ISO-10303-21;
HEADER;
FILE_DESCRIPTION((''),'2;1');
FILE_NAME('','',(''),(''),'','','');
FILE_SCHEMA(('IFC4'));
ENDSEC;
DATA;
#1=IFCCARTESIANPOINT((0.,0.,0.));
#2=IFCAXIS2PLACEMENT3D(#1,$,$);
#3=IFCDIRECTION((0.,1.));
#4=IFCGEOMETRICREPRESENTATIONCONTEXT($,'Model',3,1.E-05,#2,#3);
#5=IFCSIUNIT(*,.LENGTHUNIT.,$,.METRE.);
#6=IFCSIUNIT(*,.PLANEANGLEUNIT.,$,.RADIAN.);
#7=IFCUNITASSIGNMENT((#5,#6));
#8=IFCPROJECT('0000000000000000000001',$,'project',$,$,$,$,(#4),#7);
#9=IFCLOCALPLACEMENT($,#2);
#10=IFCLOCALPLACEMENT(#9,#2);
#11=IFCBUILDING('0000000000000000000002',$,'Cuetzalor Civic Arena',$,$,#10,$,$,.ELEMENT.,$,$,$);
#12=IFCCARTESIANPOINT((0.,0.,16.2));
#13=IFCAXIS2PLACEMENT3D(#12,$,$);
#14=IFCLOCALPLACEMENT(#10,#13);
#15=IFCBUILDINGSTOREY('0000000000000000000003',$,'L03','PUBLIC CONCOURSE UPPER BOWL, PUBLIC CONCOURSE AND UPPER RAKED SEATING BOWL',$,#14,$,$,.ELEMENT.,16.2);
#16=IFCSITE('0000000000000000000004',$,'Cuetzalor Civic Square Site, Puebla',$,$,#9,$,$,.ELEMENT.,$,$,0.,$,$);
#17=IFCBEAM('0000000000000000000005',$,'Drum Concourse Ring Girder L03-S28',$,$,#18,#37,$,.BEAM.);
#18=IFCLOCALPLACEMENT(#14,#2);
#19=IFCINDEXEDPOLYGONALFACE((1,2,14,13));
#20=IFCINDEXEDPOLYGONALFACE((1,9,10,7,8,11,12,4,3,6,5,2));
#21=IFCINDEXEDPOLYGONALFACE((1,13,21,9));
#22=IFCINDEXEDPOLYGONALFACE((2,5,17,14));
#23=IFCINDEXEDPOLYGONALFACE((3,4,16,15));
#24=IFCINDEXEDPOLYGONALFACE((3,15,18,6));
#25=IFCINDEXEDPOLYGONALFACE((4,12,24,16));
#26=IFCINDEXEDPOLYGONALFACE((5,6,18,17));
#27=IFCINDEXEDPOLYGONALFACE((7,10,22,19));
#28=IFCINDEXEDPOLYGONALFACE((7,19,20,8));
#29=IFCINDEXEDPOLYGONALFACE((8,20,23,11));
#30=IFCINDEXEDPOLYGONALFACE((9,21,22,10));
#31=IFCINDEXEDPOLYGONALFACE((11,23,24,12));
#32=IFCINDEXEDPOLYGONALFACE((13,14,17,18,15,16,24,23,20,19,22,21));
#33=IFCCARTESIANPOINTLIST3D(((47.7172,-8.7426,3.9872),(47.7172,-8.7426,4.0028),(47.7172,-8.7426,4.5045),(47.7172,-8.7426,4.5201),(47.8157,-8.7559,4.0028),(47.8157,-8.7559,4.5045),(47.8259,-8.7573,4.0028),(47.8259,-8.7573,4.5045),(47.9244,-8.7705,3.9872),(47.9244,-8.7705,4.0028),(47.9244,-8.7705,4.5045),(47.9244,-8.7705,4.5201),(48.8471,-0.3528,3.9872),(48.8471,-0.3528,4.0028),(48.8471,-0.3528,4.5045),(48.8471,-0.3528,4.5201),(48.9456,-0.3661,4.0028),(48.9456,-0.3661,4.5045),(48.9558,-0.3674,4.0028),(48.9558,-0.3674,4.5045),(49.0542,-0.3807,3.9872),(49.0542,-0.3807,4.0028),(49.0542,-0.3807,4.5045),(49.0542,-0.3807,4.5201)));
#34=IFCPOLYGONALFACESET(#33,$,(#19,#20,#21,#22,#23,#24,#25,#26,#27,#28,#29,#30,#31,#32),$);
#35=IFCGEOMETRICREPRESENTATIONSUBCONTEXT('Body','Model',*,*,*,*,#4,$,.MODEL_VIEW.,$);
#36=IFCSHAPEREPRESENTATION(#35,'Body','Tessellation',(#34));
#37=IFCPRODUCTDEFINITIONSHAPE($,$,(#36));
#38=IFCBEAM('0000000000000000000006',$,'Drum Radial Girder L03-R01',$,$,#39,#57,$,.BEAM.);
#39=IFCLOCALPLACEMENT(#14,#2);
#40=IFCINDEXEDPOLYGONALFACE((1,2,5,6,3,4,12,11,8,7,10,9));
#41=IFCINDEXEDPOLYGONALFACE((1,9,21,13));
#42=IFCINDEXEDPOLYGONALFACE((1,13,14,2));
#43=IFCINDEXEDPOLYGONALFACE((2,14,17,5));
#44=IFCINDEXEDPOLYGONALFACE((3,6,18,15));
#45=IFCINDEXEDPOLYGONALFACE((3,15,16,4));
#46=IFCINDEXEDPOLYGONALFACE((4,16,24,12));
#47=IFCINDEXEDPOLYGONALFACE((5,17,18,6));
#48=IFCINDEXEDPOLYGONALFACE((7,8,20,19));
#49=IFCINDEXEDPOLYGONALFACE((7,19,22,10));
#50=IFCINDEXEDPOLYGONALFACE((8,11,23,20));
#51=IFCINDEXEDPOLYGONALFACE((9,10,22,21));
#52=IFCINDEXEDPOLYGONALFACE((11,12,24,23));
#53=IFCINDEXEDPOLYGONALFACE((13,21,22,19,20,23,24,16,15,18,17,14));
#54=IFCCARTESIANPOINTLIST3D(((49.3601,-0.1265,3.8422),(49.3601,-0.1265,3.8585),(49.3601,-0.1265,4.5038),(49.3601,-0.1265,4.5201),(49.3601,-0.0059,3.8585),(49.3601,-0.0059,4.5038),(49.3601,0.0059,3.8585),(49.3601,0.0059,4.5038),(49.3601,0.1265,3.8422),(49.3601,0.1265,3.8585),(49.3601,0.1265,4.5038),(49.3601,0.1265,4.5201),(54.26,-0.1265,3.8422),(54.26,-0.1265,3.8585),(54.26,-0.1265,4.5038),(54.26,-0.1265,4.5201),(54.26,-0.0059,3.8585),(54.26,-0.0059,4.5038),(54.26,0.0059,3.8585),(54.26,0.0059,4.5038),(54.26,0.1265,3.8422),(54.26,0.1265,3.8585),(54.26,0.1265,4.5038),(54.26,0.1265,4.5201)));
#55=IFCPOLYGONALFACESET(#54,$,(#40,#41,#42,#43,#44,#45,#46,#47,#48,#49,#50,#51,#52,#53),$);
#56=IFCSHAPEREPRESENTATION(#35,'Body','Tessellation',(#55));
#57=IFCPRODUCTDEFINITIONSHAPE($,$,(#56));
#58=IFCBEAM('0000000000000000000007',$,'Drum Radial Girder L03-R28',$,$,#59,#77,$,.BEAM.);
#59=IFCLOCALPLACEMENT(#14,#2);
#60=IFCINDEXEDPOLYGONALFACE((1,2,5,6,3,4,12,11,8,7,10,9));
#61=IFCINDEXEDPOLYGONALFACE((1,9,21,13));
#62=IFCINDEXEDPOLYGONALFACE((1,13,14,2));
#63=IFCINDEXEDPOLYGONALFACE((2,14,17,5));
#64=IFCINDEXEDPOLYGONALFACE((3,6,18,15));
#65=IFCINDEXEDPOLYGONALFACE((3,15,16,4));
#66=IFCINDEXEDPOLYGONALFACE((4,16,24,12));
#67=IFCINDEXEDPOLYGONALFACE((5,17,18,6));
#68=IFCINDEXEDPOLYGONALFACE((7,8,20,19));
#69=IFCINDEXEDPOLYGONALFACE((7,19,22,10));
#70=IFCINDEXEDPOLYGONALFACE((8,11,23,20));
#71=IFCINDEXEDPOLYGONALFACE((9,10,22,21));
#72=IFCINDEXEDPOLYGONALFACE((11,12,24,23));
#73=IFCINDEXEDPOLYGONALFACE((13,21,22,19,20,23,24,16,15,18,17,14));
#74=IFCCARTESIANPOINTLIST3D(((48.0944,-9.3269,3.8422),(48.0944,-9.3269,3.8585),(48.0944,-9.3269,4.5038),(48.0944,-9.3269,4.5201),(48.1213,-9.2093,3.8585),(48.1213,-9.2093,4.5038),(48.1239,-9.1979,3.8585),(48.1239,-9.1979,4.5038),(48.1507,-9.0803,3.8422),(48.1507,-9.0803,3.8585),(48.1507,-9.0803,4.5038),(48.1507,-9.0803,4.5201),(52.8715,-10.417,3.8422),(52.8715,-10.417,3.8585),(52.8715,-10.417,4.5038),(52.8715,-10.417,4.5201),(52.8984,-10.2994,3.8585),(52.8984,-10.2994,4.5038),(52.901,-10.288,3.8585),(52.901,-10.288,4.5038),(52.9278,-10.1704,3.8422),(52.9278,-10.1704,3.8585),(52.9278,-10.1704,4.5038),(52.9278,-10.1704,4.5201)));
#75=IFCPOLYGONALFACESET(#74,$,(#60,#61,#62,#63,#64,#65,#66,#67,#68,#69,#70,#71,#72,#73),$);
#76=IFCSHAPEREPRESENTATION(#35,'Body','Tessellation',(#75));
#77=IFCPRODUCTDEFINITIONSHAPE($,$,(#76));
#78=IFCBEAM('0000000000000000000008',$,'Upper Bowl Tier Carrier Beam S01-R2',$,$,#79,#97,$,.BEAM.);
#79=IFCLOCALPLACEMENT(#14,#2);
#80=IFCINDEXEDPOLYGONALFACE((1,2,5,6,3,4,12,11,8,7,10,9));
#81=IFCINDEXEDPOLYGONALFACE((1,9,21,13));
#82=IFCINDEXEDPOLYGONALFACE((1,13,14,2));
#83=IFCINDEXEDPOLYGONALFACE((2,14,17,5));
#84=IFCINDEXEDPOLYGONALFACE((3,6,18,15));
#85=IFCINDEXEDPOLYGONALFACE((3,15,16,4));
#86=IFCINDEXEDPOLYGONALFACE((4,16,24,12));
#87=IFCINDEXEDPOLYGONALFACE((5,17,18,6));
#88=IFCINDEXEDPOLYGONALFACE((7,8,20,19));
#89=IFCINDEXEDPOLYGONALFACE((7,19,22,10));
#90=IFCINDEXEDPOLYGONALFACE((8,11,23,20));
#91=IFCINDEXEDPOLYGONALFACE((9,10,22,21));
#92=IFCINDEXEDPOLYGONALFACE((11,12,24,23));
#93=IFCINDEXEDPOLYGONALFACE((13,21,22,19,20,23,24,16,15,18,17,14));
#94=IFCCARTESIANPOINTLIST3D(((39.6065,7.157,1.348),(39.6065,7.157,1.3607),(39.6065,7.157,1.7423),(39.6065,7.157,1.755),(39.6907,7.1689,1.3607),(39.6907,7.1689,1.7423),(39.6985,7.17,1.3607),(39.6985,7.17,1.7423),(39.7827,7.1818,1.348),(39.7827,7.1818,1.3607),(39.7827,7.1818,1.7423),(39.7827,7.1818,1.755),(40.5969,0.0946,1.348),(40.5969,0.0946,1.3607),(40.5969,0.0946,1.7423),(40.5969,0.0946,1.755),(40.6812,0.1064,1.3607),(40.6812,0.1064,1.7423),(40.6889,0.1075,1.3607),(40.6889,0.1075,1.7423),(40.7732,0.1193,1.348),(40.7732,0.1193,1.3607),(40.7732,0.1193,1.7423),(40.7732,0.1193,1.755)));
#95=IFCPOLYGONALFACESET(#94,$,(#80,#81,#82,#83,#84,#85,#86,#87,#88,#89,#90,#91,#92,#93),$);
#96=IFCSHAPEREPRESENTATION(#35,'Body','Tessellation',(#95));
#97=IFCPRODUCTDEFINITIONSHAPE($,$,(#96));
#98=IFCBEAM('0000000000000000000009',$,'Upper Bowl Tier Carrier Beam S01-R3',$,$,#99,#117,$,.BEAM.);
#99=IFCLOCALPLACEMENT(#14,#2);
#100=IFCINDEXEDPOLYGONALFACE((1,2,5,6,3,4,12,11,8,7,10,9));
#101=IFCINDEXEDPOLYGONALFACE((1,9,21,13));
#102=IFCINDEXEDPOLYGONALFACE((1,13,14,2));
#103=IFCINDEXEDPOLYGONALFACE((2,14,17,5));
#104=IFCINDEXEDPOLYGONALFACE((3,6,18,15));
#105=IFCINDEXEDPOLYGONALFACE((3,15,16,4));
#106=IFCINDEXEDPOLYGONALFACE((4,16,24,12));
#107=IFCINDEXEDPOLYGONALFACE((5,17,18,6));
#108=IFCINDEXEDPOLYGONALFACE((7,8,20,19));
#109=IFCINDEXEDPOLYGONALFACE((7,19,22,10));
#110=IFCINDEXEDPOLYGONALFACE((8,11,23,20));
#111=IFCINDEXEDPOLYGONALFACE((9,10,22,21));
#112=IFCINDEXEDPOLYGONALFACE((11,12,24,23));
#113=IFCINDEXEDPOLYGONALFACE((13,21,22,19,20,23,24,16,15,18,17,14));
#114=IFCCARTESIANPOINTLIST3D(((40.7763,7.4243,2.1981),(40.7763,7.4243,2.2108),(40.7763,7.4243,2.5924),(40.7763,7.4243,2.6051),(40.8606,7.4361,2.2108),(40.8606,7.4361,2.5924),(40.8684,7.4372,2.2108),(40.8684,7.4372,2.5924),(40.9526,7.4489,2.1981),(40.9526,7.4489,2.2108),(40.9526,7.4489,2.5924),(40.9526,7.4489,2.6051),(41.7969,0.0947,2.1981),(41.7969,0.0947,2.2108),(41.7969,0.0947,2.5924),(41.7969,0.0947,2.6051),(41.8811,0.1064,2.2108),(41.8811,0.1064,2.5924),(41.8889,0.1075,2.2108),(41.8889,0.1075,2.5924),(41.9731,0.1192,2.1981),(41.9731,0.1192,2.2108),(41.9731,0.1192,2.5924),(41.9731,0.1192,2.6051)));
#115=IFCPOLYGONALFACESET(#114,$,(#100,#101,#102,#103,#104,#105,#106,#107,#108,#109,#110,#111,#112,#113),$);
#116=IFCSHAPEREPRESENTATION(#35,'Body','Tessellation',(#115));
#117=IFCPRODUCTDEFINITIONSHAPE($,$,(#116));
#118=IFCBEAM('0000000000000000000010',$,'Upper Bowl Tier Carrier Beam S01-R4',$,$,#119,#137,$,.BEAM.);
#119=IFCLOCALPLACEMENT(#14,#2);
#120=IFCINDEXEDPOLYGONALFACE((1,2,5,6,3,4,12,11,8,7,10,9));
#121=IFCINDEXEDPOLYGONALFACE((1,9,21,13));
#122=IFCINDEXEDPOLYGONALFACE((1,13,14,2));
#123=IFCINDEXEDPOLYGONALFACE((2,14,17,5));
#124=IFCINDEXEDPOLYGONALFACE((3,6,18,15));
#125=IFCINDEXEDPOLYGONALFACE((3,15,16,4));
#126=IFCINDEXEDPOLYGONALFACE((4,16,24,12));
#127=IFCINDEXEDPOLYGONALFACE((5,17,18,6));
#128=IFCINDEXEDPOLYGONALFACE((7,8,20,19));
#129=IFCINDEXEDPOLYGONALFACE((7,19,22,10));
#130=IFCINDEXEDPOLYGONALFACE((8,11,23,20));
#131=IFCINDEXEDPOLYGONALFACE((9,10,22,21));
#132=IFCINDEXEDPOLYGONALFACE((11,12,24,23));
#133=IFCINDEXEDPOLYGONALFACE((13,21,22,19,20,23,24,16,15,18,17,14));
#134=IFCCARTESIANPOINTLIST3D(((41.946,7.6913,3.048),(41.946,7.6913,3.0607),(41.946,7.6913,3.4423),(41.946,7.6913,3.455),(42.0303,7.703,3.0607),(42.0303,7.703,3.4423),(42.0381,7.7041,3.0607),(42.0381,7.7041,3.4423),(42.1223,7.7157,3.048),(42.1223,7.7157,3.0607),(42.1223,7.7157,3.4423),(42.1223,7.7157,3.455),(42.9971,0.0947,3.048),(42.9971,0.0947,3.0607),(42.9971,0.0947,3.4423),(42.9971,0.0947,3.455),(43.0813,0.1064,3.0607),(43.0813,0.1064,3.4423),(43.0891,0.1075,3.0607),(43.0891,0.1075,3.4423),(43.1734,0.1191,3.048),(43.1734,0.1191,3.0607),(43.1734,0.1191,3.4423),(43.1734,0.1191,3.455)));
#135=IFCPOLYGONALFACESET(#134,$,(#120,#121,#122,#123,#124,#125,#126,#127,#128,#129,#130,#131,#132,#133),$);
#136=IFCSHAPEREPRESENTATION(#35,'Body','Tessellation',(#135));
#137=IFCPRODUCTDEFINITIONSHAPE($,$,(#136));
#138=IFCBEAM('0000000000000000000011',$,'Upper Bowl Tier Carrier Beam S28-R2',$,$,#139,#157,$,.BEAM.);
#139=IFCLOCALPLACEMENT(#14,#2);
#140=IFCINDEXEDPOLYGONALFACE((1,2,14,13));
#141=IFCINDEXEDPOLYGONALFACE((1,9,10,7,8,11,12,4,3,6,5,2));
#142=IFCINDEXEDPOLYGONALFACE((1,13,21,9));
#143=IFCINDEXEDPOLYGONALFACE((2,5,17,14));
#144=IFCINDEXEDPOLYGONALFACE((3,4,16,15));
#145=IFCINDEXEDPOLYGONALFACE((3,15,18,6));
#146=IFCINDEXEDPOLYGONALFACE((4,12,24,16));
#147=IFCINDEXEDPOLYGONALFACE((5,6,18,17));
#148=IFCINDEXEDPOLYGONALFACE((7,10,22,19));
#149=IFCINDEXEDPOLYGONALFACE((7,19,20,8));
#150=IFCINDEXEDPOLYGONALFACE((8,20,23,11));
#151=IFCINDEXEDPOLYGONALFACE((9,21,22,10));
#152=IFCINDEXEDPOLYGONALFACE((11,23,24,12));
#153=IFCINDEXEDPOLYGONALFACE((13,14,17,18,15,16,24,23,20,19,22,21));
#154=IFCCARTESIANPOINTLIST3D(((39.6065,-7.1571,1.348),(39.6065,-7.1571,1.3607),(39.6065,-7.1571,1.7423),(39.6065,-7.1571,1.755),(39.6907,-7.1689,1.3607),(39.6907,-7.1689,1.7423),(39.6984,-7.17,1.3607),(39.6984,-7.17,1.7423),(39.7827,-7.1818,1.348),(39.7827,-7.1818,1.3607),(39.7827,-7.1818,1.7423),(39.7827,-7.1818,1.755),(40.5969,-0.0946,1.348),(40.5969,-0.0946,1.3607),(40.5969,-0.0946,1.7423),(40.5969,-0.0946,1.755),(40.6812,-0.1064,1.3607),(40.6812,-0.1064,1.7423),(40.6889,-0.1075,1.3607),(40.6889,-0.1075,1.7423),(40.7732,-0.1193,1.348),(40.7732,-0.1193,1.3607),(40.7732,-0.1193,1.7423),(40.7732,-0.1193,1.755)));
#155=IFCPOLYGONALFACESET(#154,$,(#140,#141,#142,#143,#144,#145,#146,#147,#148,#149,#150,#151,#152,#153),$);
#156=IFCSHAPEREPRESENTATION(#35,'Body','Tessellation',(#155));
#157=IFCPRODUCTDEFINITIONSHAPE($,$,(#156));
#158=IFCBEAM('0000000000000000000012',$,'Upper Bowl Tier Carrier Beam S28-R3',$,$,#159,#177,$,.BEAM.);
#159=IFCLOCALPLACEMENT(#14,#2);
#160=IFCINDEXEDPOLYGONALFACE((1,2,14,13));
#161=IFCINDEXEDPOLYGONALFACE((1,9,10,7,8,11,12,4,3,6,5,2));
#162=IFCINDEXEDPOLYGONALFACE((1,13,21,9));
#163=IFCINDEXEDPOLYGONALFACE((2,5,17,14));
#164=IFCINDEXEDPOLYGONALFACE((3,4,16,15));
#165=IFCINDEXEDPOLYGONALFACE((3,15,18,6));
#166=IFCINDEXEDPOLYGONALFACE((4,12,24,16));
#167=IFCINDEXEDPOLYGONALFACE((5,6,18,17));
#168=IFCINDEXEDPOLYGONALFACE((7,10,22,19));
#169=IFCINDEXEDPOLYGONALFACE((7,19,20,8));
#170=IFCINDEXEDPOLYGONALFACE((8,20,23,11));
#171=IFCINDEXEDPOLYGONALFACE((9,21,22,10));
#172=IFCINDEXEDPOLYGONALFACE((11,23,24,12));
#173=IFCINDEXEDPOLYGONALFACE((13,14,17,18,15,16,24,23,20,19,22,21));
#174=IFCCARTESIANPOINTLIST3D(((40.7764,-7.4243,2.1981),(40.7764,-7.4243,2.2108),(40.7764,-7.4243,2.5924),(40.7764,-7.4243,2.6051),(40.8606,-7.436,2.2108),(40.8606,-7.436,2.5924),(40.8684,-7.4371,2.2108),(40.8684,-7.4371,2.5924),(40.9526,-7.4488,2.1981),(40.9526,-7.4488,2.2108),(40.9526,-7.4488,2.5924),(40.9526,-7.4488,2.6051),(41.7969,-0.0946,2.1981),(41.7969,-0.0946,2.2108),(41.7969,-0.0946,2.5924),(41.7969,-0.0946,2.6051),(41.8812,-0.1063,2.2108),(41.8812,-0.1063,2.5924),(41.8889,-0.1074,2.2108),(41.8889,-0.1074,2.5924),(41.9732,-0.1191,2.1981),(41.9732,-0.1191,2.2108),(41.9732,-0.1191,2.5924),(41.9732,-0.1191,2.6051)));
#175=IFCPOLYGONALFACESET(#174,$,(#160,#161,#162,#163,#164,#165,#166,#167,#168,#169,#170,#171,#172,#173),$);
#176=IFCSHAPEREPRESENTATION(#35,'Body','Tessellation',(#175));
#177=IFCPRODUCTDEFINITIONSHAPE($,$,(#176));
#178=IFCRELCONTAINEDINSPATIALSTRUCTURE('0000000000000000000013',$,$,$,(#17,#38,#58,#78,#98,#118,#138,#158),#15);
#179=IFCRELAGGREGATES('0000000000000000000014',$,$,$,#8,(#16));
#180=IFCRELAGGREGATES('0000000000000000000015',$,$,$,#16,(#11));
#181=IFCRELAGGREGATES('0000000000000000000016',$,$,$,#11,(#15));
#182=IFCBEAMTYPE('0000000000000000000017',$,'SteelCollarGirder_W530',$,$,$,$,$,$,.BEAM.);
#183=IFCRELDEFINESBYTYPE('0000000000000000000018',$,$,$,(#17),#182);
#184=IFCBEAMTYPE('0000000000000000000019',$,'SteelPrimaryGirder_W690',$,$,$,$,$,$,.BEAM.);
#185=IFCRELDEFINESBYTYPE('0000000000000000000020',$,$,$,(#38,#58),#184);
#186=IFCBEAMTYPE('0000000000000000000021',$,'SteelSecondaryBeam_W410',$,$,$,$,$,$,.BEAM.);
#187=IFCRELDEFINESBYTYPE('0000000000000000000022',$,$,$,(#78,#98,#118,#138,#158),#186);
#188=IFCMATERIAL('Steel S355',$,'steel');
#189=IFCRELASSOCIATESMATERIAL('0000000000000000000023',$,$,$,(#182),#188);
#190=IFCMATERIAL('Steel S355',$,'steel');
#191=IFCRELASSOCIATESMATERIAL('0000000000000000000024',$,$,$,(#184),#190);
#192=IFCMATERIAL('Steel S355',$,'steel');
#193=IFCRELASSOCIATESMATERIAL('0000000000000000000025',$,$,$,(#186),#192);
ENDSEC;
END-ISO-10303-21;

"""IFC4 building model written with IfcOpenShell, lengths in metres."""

from ifc_helpers import new_model, si_unit, direction, frame, origin, origin_2d, place, context, subcontext, project, spatial, i_section, extrude, material, material_profile, profile_set, type_object, element, save


model = new_model("IFC4")

# Units and contexts
model_context = context("Model", 3, precision=1e-05, world=origin(), true_north=direction((0.0, 1.0)))
body_context = subcontext(model_context, "Body", "Model", "MODEL_VIEW")
ifc_project = project(units=[si_unit("LENGTHUNIT", "METRE"), si_unit("PLANEANGLEUNIT", "RADIAN")], contexts=[model_context])

# Site, building, storey
site_placement = place(None, origin())
site = spatial("IfcSite", under=ifc_project, at=site_placement, Name="Cuetzalor Civic Square Site, Puebla", CompositionType="ELEMENT", RefElevation=0.0)
building_placement = place(site_placement, origin())
building = spatial("IfcBuilding", under=site, at=building_placement, Name="Cuetzalor Civic Arena", CompositionType="ELEMENT")
storey_placement = place(building_placement, frame((0.0, 0.0, 16.2)))
storey = spatial("IfcBuildingStorey", under=building, at=storey_placement, Name="L03", Description="PUBLIC CONCOURSE UPPER BOWL, PUBLIC CONCOURSE AND UPPER RAKED SEATING BOWL", CompositionType="ELEMENT", Elevation=16.2)

# Beams
ifc_material_1 = material(Name="Steel S355", Category="steel")
ifc_material_profile_1 = material_profile(ifc_material_1, i_section(OverallWidth=0.209, OverallDepth=0.533, WebThickness=0.0103, FlangeThickness=0.0156, at=origin_2d()), Name="W530x92")
ifc_profile_set_1 = profile_set([ifc_material_profile_1], Name="Steel S355")
beam_type_1 = type_object("IfcBeamType", Name="SteelCollarGirder_W530", PredefinedType="BEAM", material=ifc_profile_set_1)
for number, where, z_axis, x_axis, name in (
    (1, (47.8208, -8.7566, 4.2537), (0.133467, 0.991053, 0.0), (-0.991053, 0.133467, 0.0), "Drum Concourse Ring Girder L03-S28"),
):
    element("IfcBeam", number, at=place(storey_placement, frame(where, z_axis=z_axis, x_axis=x_axis)), inside=storey, type_object=beam_type_1, Name=name, PredefinedType="BEAM", context=body_context, shape_type="SweptSolid", body=[
        extrude(i_section(OverallWidth=0.209, OverallDepth=0.533, WebThickness=0.0103, FlangeThickness=0.0156, at=origin_2d()), origin(), (0.0, 0.0, 1.0), 8.4656),
    ])
ifc_material_2 = material(Name="Steel S355", Category="steel")
ifc_material_profile_2 = material_profile(ifc_material_2, i_section(OverallWidth=0.2529, OverallDepth=0.678, WebThickness=0.0117, FlangeThickness=0.0164, at=origin_2d()), Name="W690x125")
ifc_profile_set_2 = profile_set([ifc_material_profile_2], Name="Steel S355")
beam_type_2 = type_object("IfcBeamType", Name="SteelPrimaryGirder_W690", PredefinedType="BEAM", material=ifc_profile_set_2)
for number, where, z_axis, x_axis, name in (
    (2, (49.3601, 0.0, 4.1812), (1.0, 0.0, 0.0), (0.0, 1.0, 0.0), "Drum Radial Girder L03-R01"),
    (3, (48.1226, -9.2036, 4.1812), (0.974939, -0.222472, 0.0), (0.222472, 0.974939, 0.0), "Drum Radial Girder L03-R28"),
):
    element("IfcBeam", number, at=place(storey_placement, frame(where, z_axis=z_axis, x_axis=x_axis)), inside=storey, type_object=beam_type_2, Name=name, PredefinedType="BEAM", context=body_context, shape_type="SweptSolid", body=[
        extrude(i_section(OverallWidth=0.2529, OverallDepth=0.678, WebThickness=0.0117, FlangeThickness=0.0164, at=origin_2d()), origin(), (0.0, 0.0, 1.0), 4.8999),
    ])
ifc_material_3 = material(Name="Steel S355", Category="steel")
ifc_material_profile_3 = material_profile(ifc_material_3, i_section(OverallWidth=0.178, OverallDepth=0.407, WebThickness=0.0078, FlangeThickness=0.0127, at=origin_2d()), Name="W410x60")
ifc_profile_set_3 = profile_set([ifc_material_profile_3], Name="Steel S355")
beam_type_3 = type_object("IfcBeamType", Name="SteelSecondaryBeam_W410", PredefinedType="BEAM", material=ifc_profile_set_3)
beam_1_placement = place(storey_placement, frame((40.6851, 0.1069, 1.5515), z_axis=(-0.138886, 0.990308, 0.0), x_axis=(-0.990308, -0.138886, 0.0)))
element("IfcBeam", 4, at=beam_1_placement, inside=storey, type_object=beam_type_3, Name="Upper Bowl Tier Carrier Beam S01-R2", PredefinedType="BEAM", context=body_context, shape_type="SweptSolid", body=[
    extrude(i_section(OverallWidth=0.178, OverallDepth=0.407, WebThickness=0.0078, FlangeThickness=0.0127, at=origin_2d()), origin(), (0.0, 0.0, 1.0), 7.1316),
])
beam_2_placement = place(storey_placement, frame((41.885, 0.1069, 2.4016), z_axis=(-0.137901, 0.990446, 0.0), x_axis=(-0.990446, -0.137901, 0.0)))
element("IfcBeam", 5, at=beam_2_placement, inside=storey, type_object=beam_type_3, Name="Upper Bowl Tier Carrier Beam S01-R3", PredefinedType="BEAM", context=body_context, shape_type="SweptSolid", body=[
    extrude(i_section(OverallWidth=0.178, OverallDepth=0.407, WebThickness=0.0078, FlangeThickness=0.0127, at=origin_2d()), origin(), (0.0, 0.0, 1.0), 7.4004),
])
beam_3_placement = place(storey_placement, frame((43.0852, 0.1069, 3.2515), z_axis=(-0.137048, 0.990564, 0.0), x_axis=(-0.990564, -0.137048, 0.0)))
element("IfcBeam", 6, at=beam_3_placement, inside=storey, type_object=beam_type_3, Name="Upper Bowl Tier Carrier Beam S01-R4", PredefinedType="BEAM", context=body_context, shape_type="SweptSolid", body=[
    extrude(i_section(OverallWidth=0.178, OverallDepth=0.407, WebThickness=0.0078, FlangeThickness=0.0127, at=origin_2d()), origin(), (0.0, 0.0, 1.0), 7.6689),
])
beam_4_placement = place(storey_placement, frame((39.6946, -7.1694, 1.5515), z_axis=(0.138886, 0.990308, 0.0), x_axis=(-0.990308, 0.138886, 0.0)))
element("IfcBeam", 7, at=beam_4_placement, inside=storey, type_object=beam_type_3, Name="Upper Bowl Tier Carrier Beam S28-R2", PredefinedType="BEAM", context=body_context, shape_type="SweptSolid", body=[
    extrude(i_section(OverallWidth=0.178, OverallDepth=0.407, WebThickness=0.0078, FlangeThickness=0.0127, at=origin_2d()), origin(), (0.0, 0.0, 1.0), 7.1316),
])
beam_5_placement = place(storey_placement, frame((40.8645, -7.4365, 2.4016), z_axis=(0.137901, 0.990446, 0.0), x_axis=(-0.990446, 0.137901, 0.0)))
element("IfcBeam", 8, at=beam_5_placement, inside=storey, type_object=beam_type_3, Name="Upper Bowl Tier Carrier Beam S28-R3", PredefinedType="BEAM", context=body_context, shape_type="SweptSolid", body=[
    extrude(i_section(OverallWidth=0.178, OverallDepth=0.407, WebThickness=0.0078, FlangeThickness=0.0127, at=origin_2d()), origin(), (0.0, 0.0, 1.0), 7.4004),
])

save(model, "model.ifc")
